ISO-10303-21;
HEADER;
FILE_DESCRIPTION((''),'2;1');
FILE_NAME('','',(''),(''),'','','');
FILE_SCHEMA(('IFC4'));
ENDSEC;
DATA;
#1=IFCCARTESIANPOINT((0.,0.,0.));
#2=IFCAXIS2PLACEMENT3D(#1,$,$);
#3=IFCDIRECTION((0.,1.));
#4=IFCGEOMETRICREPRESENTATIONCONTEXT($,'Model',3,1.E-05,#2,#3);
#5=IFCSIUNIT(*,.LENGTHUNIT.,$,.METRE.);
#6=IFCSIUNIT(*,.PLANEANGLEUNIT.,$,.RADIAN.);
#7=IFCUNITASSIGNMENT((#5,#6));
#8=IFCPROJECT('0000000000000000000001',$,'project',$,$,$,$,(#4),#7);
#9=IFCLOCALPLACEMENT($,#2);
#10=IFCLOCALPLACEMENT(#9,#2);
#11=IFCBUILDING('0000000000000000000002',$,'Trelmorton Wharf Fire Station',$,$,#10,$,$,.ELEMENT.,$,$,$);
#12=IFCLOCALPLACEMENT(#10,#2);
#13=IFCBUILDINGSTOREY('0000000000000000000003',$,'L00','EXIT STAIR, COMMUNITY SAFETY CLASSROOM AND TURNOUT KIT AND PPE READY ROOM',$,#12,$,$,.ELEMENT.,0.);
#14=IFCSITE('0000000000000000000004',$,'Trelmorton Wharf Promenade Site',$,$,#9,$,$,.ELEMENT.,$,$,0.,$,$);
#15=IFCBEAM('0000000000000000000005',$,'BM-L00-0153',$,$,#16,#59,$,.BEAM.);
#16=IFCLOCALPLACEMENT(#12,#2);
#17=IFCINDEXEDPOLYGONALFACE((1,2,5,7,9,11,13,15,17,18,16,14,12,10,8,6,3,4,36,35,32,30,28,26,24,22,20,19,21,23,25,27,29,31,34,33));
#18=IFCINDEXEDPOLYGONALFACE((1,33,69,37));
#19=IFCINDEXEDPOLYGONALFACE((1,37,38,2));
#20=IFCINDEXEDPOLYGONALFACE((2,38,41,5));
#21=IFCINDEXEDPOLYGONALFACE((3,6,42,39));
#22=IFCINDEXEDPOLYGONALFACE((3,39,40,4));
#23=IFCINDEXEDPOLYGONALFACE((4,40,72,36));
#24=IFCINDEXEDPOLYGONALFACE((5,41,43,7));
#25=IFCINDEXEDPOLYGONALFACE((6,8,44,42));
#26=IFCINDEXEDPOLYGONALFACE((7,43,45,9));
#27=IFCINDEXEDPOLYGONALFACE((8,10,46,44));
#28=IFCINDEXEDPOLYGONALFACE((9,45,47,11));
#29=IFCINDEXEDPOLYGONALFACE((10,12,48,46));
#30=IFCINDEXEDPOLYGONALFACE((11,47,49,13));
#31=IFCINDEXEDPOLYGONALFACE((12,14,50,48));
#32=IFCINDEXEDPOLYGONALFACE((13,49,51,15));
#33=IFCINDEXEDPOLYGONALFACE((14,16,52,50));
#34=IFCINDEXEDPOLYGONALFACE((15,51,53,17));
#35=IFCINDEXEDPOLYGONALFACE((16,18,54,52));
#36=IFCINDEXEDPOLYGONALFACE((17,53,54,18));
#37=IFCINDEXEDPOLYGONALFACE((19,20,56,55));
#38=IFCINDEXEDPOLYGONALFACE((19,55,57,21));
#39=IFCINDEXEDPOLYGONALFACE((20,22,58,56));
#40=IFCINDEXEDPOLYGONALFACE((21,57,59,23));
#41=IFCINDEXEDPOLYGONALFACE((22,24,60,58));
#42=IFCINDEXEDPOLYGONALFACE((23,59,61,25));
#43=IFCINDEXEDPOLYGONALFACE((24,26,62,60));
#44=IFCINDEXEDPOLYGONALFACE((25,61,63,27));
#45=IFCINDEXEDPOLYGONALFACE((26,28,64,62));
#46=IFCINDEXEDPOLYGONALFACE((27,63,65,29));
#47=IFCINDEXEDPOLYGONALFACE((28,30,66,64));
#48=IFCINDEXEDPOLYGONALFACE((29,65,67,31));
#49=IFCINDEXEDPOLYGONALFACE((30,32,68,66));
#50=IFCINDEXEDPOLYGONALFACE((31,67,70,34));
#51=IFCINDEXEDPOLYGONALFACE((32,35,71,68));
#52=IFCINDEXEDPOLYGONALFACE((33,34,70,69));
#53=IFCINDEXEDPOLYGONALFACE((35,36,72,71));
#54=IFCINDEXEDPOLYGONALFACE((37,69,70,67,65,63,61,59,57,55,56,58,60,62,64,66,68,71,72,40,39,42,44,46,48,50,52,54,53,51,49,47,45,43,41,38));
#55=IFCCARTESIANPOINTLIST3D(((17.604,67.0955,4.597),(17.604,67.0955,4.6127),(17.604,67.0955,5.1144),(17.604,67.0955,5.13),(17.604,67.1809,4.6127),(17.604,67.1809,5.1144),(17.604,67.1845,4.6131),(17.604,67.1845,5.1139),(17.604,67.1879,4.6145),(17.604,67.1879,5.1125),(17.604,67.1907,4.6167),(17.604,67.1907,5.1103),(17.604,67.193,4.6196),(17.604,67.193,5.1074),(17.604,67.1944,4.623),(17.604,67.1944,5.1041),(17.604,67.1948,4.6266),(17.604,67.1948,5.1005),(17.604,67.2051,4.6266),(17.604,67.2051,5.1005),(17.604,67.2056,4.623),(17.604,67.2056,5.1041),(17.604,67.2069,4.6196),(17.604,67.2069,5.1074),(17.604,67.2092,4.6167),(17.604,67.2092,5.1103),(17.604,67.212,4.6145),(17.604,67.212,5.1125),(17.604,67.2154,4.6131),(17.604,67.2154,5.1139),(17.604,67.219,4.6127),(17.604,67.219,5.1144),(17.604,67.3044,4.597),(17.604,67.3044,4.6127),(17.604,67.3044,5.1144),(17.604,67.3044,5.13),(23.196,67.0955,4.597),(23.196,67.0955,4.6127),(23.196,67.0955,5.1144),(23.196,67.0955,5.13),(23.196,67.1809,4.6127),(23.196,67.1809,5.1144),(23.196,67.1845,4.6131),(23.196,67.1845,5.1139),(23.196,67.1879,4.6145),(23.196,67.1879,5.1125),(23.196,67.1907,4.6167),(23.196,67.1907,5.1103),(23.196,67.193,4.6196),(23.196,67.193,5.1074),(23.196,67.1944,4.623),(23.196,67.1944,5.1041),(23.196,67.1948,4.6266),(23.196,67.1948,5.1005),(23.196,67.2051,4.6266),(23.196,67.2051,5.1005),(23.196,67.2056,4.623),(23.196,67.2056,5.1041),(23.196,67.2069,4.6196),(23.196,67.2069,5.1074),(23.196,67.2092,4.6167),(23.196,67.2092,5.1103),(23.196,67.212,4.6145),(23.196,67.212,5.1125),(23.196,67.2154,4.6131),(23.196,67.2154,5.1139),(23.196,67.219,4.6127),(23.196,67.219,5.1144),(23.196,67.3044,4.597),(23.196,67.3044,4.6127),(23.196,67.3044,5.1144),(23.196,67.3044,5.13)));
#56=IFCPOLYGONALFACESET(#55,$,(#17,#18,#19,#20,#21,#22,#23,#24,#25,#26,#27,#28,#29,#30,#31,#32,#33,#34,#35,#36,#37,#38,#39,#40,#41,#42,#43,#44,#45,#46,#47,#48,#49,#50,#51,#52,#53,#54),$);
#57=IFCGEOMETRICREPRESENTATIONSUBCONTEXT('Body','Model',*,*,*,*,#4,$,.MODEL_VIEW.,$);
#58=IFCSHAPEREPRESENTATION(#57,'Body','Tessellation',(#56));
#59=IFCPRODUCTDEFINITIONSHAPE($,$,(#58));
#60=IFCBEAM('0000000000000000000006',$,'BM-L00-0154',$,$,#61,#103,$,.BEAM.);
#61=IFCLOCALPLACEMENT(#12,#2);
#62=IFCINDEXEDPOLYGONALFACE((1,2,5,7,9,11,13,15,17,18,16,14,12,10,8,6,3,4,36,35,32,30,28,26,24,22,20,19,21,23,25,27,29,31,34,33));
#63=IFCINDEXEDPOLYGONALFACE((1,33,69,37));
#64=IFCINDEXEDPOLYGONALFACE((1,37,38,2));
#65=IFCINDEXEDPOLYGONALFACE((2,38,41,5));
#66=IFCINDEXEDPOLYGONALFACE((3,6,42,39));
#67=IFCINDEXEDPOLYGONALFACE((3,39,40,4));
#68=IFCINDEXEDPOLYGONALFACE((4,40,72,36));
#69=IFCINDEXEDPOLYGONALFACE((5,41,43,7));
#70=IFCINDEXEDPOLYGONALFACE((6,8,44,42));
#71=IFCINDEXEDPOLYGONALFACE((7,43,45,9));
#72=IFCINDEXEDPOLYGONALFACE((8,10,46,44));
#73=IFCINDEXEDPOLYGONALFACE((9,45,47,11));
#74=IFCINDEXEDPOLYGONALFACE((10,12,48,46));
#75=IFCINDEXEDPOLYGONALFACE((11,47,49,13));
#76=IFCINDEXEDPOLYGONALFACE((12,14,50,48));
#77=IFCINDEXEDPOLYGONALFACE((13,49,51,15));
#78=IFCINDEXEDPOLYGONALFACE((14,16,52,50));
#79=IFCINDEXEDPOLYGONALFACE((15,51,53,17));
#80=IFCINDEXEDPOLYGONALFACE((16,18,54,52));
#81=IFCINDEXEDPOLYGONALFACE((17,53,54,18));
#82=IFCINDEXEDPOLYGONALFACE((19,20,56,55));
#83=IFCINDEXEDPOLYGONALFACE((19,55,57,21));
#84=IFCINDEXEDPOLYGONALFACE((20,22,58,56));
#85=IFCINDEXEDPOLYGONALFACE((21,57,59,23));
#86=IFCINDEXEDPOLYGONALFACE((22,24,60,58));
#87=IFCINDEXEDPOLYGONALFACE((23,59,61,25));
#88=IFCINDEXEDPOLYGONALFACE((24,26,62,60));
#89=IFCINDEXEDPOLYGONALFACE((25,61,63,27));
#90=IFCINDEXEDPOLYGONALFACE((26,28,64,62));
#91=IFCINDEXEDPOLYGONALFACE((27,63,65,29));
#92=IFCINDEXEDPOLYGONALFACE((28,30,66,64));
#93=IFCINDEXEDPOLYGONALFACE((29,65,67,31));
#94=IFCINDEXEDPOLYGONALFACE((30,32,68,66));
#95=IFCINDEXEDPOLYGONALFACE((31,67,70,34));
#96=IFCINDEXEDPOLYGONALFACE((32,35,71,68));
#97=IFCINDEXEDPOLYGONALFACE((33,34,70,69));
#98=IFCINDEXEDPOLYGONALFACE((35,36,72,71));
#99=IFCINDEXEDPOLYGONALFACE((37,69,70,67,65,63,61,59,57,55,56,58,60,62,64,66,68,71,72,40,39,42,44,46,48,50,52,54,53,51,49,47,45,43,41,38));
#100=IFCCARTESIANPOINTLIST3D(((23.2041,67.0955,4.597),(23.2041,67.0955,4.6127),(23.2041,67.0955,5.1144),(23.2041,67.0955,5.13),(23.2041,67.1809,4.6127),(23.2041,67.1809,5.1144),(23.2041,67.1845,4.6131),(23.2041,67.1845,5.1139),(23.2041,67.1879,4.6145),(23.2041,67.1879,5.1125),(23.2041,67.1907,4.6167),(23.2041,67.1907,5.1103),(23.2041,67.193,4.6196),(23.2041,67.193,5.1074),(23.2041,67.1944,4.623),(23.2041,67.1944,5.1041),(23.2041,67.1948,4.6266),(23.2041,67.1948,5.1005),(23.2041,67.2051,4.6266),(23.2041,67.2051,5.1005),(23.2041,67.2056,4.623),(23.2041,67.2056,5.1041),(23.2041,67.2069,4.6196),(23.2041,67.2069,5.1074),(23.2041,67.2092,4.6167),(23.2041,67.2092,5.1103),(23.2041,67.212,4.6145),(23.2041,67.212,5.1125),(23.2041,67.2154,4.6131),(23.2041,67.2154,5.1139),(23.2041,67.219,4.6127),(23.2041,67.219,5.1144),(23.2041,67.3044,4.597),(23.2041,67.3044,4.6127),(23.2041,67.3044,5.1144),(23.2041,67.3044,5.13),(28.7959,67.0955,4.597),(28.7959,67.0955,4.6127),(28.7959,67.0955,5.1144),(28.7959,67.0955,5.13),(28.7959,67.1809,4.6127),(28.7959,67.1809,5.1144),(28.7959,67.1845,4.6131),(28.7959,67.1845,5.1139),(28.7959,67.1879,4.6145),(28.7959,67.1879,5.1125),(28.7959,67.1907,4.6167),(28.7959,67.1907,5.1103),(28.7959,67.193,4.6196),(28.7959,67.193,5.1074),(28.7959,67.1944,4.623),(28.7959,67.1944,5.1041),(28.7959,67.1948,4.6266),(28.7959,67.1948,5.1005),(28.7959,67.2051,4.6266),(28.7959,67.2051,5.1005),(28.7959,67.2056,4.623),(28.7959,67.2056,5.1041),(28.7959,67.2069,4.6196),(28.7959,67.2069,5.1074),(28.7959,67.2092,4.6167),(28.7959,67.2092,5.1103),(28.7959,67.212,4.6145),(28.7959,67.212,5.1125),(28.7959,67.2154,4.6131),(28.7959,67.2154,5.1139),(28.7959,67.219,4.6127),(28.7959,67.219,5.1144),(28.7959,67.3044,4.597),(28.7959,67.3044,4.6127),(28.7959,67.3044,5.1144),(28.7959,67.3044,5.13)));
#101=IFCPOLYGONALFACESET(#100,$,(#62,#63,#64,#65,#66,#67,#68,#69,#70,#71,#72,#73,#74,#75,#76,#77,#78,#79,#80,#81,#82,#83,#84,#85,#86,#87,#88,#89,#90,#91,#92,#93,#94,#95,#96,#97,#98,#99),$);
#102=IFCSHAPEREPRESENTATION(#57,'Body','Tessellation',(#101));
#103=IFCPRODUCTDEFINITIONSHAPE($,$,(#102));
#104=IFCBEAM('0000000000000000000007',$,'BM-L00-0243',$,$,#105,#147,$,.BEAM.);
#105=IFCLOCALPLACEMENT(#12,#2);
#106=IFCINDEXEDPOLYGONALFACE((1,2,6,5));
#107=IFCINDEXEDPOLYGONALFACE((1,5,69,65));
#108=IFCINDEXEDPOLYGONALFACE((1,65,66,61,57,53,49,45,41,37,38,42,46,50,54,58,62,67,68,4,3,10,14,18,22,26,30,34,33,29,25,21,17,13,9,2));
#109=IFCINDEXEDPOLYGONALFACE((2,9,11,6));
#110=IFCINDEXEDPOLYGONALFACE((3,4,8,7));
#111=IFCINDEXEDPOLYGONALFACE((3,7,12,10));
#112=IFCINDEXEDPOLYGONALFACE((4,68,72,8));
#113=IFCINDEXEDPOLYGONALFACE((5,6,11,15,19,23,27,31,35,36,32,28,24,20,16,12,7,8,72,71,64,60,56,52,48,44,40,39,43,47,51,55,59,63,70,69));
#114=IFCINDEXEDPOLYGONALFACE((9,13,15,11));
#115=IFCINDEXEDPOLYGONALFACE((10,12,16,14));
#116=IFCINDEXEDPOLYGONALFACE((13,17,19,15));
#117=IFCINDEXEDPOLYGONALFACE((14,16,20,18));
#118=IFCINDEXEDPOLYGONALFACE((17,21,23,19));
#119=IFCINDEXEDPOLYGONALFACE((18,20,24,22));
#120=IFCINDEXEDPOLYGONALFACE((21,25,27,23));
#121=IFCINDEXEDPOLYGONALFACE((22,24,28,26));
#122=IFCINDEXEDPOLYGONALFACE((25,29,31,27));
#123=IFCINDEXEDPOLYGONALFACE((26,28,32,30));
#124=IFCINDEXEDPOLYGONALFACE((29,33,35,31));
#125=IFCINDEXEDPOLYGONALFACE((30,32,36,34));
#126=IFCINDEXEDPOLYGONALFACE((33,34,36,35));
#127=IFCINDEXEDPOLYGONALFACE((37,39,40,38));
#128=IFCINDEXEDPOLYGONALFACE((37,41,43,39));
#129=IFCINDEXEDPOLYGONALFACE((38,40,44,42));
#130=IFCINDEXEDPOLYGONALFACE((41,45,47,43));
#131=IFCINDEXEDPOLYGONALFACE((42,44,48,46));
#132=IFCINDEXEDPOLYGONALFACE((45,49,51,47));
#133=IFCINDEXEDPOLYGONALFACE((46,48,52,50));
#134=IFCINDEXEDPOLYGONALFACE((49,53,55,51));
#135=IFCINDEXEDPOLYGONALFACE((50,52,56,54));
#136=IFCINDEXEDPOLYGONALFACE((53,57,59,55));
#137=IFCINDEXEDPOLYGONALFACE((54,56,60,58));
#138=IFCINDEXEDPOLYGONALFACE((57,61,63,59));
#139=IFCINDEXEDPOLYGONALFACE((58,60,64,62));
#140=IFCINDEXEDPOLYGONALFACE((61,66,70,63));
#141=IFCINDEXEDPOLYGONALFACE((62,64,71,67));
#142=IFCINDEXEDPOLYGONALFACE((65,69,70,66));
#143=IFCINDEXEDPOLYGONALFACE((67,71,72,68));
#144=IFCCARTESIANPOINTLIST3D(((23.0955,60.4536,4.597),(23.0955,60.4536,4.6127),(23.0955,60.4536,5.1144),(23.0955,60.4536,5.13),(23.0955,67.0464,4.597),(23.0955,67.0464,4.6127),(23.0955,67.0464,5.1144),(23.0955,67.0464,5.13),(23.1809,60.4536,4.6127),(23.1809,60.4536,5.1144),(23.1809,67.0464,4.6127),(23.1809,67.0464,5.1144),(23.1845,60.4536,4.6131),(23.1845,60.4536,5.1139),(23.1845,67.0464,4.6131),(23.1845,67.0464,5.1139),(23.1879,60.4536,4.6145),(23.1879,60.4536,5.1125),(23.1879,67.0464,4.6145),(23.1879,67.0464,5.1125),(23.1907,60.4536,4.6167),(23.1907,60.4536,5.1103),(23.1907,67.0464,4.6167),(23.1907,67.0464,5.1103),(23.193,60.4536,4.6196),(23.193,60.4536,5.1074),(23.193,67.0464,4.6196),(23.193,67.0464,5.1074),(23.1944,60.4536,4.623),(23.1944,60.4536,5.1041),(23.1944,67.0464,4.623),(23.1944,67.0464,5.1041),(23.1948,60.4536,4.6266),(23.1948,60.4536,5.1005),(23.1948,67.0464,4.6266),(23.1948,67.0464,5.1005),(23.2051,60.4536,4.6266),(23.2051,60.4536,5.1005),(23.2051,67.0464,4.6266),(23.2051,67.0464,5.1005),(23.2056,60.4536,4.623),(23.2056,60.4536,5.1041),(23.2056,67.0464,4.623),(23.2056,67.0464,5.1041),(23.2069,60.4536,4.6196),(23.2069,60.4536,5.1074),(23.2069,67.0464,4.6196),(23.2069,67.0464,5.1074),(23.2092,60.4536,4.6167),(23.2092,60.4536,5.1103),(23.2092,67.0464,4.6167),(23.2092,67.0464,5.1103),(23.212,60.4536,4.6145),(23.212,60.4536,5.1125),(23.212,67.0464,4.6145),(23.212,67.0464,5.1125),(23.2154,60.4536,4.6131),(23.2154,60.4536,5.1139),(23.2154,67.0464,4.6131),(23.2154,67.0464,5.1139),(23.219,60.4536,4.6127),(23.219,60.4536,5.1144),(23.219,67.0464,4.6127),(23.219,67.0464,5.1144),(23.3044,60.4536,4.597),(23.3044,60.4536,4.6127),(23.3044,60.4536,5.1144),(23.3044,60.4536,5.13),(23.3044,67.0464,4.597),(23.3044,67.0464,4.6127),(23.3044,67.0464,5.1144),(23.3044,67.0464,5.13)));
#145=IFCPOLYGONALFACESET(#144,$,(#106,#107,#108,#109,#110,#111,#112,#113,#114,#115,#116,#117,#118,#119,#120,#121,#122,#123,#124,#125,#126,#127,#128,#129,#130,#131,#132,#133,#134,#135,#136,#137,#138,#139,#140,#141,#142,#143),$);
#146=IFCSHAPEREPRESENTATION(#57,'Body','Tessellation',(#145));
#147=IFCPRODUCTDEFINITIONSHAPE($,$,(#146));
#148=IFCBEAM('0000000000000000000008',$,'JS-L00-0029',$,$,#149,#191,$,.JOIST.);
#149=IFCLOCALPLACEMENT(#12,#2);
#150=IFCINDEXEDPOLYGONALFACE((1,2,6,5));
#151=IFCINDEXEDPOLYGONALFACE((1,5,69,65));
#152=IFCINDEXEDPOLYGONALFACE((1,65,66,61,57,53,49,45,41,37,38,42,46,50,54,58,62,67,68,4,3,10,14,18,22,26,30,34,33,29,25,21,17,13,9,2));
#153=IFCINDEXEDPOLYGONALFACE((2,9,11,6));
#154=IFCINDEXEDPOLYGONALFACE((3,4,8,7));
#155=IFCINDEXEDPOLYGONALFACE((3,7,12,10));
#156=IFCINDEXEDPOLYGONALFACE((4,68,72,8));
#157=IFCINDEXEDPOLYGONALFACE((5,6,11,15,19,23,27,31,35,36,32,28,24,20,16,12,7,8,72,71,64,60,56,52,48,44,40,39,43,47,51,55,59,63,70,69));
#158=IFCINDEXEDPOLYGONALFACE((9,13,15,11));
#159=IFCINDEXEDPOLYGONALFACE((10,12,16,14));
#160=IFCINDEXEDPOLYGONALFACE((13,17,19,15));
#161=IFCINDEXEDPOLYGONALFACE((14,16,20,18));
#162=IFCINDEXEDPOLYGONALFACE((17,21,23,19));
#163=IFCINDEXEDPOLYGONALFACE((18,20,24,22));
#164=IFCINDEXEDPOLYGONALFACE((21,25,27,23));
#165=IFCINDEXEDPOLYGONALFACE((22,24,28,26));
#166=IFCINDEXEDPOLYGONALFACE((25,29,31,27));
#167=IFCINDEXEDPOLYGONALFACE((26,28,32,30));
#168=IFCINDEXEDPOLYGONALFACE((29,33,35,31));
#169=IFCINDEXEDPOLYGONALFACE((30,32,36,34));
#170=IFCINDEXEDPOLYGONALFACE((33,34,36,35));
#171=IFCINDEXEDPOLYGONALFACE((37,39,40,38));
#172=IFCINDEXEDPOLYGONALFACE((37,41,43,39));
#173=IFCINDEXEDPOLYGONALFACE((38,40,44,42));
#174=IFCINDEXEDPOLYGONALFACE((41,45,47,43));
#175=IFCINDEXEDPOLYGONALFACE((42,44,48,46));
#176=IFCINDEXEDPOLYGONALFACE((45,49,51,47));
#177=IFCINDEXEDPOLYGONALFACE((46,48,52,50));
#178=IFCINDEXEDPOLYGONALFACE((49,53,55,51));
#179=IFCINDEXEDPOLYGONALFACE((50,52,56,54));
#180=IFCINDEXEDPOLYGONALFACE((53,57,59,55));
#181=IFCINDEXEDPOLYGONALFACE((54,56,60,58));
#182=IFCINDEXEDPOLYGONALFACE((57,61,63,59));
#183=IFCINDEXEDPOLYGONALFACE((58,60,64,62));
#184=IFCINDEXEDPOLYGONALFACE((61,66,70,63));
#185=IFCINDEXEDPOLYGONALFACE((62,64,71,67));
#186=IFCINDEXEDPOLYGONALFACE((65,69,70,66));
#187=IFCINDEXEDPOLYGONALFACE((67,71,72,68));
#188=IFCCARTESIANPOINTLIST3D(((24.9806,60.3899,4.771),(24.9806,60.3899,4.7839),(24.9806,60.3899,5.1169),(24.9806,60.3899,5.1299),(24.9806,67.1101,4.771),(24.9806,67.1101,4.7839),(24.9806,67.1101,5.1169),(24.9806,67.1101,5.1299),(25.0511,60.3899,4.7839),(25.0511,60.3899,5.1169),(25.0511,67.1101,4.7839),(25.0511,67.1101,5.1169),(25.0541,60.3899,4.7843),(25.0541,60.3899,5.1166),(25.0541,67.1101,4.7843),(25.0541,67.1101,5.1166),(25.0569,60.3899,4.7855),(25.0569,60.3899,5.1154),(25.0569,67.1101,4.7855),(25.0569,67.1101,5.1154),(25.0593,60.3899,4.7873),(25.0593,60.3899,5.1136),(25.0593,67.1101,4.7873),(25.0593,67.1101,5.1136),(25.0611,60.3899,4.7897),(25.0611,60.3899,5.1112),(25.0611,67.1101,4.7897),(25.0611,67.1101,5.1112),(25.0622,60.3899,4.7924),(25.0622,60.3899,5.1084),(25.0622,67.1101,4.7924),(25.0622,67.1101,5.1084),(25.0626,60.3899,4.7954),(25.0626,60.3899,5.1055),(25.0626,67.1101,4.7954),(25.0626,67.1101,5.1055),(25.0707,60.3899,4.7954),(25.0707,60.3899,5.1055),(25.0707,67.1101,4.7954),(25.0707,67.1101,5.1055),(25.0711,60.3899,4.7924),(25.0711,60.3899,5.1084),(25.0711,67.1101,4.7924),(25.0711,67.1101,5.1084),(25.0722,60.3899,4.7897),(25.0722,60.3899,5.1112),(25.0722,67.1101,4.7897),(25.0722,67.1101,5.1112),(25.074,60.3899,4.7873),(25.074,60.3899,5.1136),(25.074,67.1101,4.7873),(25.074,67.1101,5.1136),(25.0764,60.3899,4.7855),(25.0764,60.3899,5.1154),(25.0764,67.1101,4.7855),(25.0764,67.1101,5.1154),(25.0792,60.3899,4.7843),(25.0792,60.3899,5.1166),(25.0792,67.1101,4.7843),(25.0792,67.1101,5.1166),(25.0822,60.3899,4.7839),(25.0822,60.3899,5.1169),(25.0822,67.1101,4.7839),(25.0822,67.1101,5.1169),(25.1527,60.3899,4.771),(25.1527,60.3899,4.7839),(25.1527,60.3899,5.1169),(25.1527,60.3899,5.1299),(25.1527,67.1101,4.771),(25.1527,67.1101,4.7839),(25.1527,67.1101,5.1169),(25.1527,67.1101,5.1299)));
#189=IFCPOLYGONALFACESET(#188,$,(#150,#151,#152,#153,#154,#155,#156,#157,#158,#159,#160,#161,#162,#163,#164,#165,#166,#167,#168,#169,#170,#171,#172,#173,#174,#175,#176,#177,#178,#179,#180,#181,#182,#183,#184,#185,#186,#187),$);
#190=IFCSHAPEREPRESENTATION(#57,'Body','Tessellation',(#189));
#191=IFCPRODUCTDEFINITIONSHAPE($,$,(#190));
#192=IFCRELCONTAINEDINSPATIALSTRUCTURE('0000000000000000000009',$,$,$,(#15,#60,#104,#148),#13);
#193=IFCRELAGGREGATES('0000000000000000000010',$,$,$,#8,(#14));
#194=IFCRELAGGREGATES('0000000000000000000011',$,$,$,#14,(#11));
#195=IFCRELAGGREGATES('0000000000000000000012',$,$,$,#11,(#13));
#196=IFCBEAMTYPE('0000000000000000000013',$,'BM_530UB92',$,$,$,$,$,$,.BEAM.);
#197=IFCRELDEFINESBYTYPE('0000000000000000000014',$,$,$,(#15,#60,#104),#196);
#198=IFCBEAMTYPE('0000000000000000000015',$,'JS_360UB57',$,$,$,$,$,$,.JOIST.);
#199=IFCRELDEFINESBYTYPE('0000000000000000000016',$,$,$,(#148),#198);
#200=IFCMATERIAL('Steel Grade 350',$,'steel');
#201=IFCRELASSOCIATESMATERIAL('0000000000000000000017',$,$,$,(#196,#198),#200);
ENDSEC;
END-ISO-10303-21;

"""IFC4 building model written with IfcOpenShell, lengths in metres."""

from ifc_helpers import new_model, si_unit, direction, frame, origin, origin_2d, place, context, subcontext, project, spatial, i_section, extrude, material, material_profile, profile_set, type_object, element, save


model = new_model("IFC4")

# Units and contexts
model_context = context("Model", 3, precision=1e-05, world=origin(), true_north=direction((0.0, 1.0)))
body_context = subcontext(model_context, "Body", "Model", "MODEL_VIEW")
ifc_project = project(units=[si_unit("LENGTHUNIT", "METRE"), si_unit("PLANEANGLEUNIT", "RADIAN")], contexts=[model_context])

# Site, building, storey
site_placement = place(None, origin())
site = spatial("IfcSite", under=ifc_project, at=site_placement, Name="Trelmorton Wharf Promenade Site", CompositionType="ELEMENT", RefElevation=0.0)
building_placement = place(site_placement, origin())
building = spatial("IfcBuilding", under=site, at=building_placement, Name="Trelmorton Wharf Fire Station", CompositionType="ELEMENT")
storey_placement = place(building_placement, origin())
storey = spatial("IfcBuildingStorey", under=building, at=storey_placement, Name="L00", Description="EXIT STAIR, COMMUNITY SAFETY CLASSROOM AND TURNOUT KIT AND PPE READY ROOM", CompositionType="ELEMENT", Elevation=0.0)

# Shared definitions
ifc_material_1 = material(Name="Steel Grade 350", Category="steel")

# Beams
ifc_material_profile_1 = material_profile(ifc_material_1, i_section(OverallWidth=0.209, OverallDepth=0.533, WebThickness=0.0103, FlangeThickness=0.0156, FilletRadius=0.0139, at=origin_2d()), Name="530UB92.4")
ifc_profile_set_1 = profile_set([ifc_material_profile_1], Name="Steel Grade 350")
beam_type_1 = type_object("IfcBeamType", Name="BM_530UB92", PredefinedType="BEAM", material=ifc_profile_set_1)
beam_1_placement = place(storey_placement, frame((17.604, 67.2, 4.8635), z_axis=(1.0, 0.0, 0.0), x_axis=(0.0, 1.0, 0.0)))
element("IfcBeam", 1, at=beam_1_placement, inside=storey, type_object=beam_type_1, Name="BM-L00-0153", PredefinedType="BEAM", context=body_context, shape_type="SweptSolid", body=[
    extrude(i_section(OverallWidth=0.209, OverallDepth=0.533, WebThickness=0.0103, FlangeThickness=0.0156, FilletRadius=0.0139, at=origin_2d()), origin(), (0.0, 0.0, 1.0), 5.592),
])
beam_2_placement = place(storey_placement, frame((23.2041, 67.2, 4.8635), z_axis=(1.0, 0.0, 0.0), x_axis=(0.0, 1.0, 0.0)))
element("IfcBeam", 2, at=beam_2_placement, inside=storey, type_object=beam_type_1, Name="BM-L00-0154", PredefinedType="BEAM", context=body_context, shape_type="SweptSolid", body=[
    extrude(i_section(OverallWidth=0.209, OverallDepth=0.533, WebThickness=0.0103, FlangeThickness=0.0156, FilletRadius=0.0139, at=origin_2d()), origin(), (0.0, 0.0, 1.0), 5.5918),
])
beam_3_placement = place(storey_placement, frame((23.2, 60.4536, 4.8635), z_axis=(0.0, 1.0, 0.0), x_axis=(-1.0, 0.0, 0.0)))
element("IfcBeam", 3, at=beam_3_placement, inside=storey, type_object=beam_type_1, Name="BM-L00-0243", PredefinedType="BEAM", context=body_context, shape_type="SweptSolid", body=[
    extrude(i_section(OverallWidth=0.209, OverallDepth=0.533, WebThickness=0.0103, FlangeThickness=0.0156, FilletRadius=0.0139, at=origin_2d()), origin(), (0.0, 0.0, 1.0), 6.5928),
])
ifc_material_profile_2 = material_profile(ifc_material_1, i_section(OverallWidth=0.1721, OverallDepth=0.3589, WebThickness=0.0081, FlangeThickness=0.0129, FilletRadius=0.0115, at=origin_2d()), Name="360UB56.7")
ifc_profile_set_2 = profile_set([ifc_material_profile_2], Name="Steel Grade 350")
beam_type_2 = type_object("IfcBeamType", Name="JS_360UB57", PredefinedType="JOIST", material=ifc_profile_set_2)
for number, where, z_axis, x_axis, name in (
    (4, (25.0667, 60.3899, 4.9504), (0.0, 1.0, 0.0), (-1.0, 0.0, 0.0), "JS-L00-0029"),
):
    element("IfcBeam", number, at=place(storey_placement, frame(where, z_axis=z_axis, x_axis=x_axis)), inside=storey, type_object=beam_type_2, Name=name, PredefinedType="JOIST", context=body_context, shape_type="SweptSolid", body=[
        extrude(i_section(OverallWidth=0.1721, OverallDepth=0.3589, WebThickness=0.0081, FlangeThickness=0.0129, FilletRadius=0.0115, at=origin_2d()), origin(), (0.0, 0.0, 1.0), 6.7202),
    ])

save(model, "model.ifc")
